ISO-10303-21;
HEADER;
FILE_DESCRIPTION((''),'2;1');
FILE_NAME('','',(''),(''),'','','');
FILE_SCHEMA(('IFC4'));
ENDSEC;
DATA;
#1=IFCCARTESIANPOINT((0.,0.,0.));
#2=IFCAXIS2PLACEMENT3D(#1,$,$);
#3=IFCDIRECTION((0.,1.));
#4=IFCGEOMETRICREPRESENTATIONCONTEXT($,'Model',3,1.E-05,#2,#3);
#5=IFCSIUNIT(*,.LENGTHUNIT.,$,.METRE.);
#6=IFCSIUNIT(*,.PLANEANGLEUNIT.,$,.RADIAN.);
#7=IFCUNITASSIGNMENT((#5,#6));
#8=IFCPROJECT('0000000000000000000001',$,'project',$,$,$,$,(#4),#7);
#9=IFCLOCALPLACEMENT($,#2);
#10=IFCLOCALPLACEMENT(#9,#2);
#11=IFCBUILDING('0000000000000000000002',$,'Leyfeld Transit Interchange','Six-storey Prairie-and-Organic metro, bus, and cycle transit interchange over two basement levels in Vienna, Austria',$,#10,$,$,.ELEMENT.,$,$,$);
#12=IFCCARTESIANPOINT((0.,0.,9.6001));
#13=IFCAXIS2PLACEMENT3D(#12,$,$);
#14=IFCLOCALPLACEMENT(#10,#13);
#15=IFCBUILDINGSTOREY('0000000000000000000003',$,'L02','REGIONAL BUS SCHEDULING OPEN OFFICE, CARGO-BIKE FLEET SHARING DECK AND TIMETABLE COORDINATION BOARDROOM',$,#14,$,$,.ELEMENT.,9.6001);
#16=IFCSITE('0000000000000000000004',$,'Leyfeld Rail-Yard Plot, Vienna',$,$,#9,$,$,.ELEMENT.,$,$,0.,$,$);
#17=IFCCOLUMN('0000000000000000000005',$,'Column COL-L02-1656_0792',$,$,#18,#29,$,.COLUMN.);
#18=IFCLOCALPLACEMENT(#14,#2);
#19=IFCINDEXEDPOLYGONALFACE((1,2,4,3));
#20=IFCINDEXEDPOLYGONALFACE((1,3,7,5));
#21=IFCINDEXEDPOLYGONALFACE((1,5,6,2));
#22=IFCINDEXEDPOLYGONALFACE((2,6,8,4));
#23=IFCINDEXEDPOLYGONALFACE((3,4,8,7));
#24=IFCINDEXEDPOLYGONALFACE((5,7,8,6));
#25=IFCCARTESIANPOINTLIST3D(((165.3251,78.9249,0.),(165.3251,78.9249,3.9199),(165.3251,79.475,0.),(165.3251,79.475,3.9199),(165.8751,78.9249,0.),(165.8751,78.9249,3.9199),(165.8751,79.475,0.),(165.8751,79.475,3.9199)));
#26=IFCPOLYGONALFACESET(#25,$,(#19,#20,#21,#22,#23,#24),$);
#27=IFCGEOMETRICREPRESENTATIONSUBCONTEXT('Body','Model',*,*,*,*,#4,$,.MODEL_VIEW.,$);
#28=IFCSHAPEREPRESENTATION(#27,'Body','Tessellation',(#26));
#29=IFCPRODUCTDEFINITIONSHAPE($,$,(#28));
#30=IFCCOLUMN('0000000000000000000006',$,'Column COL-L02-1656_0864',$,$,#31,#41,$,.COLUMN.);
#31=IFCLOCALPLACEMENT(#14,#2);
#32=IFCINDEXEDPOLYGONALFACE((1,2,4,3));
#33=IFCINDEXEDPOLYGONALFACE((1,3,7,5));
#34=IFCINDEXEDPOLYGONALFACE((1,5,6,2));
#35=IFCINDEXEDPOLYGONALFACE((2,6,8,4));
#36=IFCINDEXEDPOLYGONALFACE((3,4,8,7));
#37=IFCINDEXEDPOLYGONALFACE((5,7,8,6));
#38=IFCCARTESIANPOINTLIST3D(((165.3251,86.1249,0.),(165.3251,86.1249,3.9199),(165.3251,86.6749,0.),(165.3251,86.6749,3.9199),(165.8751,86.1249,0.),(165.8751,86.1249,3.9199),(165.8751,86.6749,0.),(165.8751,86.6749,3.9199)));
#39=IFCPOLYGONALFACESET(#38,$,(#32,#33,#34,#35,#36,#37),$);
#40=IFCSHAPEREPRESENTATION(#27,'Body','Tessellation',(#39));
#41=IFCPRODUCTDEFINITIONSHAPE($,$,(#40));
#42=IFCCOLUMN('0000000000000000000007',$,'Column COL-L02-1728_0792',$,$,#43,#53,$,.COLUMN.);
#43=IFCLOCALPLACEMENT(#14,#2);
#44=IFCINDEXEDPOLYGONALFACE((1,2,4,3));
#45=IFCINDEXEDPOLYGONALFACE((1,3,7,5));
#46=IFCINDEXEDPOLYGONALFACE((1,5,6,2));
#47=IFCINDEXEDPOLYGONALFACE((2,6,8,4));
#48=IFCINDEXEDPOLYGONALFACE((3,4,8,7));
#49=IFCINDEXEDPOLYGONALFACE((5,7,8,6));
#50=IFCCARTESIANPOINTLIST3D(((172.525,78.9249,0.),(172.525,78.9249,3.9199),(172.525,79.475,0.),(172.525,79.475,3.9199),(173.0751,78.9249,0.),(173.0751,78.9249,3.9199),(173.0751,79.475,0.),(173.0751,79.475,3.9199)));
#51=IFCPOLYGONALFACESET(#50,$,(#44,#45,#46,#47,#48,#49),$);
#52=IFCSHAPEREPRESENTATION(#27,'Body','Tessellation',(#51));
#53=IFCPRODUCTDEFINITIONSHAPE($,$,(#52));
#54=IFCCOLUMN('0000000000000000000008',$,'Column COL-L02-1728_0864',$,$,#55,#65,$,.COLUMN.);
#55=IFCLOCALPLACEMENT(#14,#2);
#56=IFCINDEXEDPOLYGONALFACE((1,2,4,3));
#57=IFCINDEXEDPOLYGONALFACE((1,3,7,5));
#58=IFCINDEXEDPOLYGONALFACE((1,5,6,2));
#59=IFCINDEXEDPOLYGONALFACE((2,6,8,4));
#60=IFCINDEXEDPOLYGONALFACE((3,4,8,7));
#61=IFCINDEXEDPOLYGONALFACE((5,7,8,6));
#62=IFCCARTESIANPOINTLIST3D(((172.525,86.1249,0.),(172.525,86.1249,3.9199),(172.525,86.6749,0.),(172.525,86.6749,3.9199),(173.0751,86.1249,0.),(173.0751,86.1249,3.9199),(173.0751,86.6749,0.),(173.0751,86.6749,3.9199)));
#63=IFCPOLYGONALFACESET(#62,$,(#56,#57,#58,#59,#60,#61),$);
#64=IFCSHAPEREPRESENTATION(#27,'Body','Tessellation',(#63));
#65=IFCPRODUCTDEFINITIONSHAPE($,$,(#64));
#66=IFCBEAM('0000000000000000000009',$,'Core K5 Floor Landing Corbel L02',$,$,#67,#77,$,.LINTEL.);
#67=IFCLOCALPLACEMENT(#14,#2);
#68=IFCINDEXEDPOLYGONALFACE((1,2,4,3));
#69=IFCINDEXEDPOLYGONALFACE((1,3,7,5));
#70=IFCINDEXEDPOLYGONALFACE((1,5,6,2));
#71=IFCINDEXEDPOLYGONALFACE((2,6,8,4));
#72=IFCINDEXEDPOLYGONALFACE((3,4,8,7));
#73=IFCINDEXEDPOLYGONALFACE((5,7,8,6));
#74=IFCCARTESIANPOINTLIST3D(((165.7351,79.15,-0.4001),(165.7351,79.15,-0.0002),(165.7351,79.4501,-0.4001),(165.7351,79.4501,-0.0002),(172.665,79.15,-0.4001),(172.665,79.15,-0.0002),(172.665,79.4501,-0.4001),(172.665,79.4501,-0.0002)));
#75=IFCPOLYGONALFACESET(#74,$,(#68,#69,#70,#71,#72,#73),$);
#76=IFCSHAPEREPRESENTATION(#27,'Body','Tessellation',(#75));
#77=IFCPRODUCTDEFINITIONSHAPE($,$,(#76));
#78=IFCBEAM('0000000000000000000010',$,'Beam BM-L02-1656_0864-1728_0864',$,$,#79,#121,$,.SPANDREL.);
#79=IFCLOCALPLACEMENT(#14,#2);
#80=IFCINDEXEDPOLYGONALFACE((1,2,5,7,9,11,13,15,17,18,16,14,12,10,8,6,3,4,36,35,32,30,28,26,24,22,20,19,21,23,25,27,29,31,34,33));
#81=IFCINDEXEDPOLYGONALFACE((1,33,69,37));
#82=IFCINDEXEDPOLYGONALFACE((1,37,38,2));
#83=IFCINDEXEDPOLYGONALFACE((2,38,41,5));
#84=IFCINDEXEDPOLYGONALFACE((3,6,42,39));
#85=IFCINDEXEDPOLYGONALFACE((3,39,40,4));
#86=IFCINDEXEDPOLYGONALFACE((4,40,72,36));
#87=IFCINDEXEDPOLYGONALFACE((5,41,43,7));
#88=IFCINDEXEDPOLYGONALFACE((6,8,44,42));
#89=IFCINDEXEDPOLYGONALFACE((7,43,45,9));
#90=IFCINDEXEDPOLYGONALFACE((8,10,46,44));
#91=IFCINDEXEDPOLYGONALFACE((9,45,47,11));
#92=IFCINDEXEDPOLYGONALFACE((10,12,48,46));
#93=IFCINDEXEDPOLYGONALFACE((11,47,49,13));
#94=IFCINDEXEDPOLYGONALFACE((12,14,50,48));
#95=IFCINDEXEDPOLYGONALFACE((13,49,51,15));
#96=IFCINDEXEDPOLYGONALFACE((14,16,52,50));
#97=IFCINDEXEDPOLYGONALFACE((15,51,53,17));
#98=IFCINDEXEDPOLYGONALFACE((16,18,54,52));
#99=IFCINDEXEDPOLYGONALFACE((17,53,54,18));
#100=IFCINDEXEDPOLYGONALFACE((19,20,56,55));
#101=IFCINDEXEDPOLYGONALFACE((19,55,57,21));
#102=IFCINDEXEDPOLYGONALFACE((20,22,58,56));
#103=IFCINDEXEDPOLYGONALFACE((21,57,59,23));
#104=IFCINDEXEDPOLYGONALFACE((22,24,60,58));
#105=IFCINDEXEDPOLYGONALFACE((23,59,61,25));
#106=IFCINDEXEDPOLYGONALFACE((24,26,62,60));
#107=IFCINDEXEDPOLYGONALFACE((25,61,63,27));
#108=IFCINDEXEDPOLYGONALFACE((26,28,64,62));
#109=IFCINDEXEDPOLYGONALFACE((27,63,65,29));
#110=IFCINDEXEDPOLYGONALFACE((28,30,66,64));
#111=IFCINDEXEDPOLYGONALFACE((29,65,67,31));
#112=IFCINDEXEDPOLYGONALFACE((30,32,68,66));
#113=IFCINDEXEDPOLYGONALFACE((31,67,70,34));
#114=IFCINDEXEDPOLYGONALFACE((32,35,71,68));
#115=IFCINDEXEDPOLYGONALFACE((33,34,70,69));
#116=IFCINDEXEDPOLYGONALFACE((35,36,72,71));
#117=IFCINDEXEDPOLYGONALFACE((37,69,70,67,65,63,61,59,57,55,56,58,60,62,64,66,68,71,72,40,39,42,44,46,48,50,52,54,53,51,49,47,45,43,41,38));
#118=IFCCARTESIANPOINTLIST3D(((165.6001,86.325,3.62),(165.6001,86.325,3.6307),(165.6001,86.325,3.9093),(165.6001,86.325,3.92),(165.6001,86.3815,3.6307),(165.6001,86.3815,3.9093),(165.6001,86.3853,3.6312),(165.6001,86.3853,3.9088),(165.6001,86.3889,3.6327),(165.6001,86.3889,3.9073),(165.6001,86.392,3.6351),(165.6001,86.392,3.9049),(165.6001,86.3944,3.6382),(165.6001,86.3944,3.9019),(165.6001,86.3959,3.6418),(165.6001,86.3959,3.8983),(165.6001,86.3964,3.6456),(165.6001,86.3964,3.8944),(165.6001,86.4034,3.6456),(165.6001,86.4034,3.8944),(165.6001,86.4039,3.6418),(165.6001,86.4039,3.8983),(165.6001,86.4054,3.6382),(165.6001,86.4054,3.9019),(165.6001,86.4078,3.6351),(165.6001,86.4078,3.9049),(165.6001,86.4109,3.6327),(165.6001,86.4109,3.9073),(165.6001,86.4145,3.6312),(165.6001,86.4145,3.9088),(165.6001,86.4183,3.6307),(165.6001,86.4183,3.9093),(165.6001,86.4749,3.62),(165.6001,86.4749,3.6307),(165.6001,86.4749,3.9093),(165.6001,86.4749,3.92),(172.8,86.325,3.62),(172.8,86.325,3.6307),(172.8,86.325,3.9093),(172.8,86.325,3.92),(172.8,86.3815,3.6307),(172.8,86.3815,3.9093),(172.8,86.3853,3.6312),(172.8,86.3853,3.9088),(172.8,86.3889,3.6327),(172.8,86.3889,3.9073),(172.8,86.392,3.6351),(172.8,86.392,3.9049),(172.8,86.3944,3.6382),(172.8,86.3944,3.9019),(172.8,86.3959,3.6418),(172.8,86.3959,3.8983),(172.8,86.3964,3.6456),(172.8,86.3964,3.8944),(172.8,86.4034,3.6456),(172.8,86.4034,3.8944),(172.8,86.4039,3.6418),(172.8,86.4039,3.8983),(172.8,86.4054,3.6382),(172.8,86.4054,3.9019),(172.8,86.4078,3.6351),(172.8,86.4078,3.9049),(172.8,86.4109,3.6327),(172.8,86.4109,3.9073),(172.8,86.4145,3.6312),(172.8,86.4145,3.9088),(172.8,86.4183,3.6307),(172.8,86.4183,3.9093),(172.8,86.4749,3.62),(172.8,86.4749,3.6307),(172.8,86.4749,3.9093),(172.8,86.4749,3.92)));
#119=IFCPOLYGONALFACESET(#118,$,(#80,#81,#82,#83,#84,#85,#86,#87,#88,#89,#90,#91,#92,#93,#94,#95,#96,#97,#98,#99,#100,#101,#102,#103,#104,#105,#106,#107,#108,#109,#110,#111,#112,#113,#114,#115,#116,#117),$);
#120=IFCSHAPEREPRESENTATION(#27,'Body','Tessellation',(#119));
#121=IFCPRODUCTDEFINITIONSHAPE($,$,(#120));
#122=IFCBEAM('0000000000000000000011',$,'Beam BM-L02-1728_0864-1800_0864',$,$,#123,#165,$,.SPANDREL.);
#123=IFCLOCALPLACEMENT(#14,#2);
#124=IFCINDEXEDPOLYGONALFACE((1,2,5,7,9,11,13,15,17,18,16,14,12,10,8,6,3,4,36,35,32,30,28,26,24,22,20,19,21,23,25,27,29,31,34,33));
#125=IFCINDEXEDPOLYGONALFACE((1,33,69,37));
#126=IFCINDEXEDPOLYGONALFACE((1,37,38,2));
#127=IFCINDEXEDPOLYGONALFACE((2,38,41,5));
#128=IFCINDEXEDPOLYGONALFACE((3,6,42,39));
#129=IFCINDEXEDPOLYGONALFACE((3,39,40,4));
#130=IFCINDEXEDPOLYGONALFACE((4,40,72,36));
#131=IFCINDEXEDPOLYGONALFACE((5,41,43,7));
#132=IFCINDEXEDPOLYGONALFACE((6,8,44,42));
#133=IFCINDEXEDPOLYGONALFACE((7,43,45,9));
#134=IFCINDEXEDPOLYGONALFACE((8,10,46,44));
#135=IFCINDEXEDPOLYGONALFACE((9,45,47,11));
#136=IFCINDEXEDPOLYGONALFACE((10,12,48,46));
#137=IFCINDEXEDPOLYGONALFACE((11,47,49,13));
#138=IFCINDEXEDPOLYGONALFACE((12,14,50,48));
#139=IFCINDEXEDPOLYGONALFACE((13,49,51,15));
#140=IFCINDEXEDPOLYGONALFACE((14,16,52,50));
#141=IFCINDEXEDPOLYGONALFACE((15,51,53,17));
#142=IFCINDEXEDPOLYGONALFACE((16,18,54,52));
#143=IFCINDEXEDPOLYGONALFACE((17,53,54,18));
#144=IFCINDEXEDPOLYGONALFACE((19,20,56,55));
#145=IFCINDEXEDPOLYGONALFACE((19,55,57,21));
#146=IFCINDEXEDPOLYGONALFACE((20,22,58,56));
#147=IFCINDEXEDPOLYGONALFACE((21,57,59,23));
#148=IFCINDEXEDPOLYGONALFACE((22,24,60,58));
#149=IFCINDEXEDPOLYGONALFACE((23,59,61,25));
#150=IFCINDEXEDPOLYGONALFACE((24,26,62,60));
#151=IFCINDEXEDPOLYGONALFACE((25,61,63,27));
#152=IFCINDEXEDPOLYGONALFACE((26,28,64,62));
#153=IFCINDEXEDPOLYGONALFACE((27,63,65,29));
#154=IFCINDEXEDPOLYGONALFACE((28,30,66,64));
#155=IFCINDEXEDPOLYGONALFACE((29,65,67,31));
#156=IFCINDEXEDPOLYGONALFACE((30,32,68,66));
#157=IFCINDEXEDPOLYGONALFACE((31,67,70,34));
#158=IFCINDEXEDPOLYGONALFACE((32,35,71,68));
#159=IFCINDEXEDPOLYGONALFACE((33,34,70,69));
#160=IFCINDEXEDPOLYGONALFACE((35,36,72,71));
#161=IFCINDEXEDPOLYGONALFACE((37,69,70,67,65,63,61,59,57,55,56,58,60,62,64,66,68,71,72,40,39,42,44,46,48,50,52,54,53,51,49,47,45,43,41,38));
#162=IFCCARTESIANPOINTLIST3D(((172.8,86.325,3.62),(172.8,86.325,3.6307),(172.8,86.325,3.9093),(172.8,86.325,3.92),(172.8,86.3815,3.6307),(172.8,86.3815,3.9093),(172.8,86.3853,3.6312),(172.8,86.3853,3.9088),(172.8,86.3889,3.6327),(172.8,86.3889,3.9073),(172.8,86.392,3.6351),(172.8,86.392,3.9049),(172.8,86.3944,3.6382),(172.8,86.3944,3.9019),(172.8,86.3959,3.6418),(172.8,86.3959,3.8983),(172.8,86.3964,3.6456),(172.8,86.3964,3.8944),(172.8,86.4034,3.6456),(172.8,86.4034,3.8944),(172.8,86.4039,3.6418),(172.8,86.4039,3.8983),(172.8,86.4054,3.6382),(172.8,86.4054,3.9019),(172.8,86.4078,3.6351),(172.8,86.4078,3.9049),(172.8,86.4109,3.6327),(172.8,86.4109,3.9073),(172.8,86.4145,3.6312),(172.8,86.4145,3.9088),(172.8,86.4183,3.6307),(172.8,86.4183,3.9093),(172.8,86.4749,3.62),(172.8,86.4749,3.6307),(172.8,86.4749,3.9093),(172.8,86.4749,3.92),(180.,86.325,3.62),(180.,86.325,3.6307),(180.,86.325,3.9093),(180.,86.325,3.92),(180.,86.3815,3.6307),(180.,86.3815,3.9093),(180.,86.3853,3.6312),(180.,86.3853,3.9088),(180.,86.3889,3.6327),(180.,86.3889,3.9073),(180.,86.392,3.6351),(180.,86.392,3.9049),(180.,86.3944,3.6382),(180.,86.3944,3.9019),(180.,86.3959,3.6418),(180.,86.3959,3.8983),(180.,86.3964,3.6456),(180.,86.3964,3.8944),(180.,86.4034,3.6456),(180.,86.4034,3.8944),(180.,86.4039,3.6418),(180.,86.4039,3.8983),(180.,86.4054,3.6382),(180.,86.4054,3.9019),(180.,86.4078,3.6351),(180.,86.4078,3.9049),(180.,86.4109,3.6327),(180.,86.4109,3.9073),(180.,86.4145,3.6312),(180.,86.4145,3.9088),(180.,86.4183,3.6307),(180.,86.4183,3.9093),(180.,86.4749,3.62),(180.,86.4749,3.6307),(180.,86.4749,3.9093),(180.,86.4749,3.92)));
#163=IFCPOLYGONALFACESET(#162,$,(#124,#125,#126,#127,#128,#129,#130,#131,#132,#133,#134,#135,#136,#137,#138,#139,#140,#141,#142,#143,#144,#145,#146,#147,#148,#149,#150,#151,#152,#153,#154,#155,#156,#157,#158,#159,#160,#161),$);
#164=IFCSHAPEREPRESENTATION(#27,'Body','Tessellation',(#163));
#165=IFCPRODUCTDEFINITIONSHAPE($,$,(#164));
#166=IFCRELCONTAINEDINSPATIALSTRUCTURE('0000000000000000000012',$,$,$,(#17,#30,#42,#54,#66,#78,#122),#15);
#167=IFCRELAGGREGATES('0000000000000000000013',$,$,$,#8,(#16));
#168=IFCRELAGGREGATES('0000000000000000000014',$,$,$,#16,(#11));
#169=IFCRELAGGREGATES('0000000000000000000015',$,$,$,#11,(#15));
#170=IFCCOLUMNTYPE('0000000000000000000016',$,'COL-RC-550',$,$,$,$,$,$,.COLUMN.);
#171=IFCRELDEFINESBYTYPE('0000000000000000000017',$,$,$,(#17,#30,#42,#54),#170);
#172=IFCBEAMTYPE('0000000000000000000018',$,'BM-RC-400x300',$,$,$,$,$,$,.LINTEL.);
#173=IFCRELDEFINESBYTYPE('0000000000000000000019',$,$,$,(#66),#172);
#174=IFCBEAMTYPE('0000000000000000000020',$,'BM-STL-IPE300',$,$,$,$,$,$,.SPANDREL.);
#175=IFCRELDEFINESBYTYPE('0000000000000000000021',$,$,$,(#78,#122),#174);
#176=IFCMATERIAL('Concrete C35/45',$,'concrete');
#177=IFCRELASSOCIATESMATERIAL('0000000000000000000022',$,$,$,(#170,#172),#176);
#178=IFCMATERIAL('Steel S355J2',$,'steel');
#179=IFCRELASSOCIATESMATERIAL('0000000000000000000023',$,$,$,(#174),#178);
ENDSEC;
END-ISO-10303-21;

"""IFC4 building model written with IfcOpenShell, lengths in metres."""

from ifc_helpers import new_model, si_unit, direction, frame, origin, origin_2d, place, context, subcontext, project, spatial, rectangle, i_section, extrude, material, material_profile, profile_set, type_object, element, save


model = new_model("IFC4")

# Units and contexts
model_context = context("Model", 3, precision=1e-05, world=origin(), true_north=direction((0.0, 1.0)))
body_context = subcontext(model_context, "Body", "Model", "MODEL_VIEW")
ifc_project = project(units=[si_unit("LENGTHUNIT", "METRE"), si_unit("PLANEANGLEUNIT", "RADIAN")], contexts=[model_context])

# Site, building, storey
site_placement = place(None, origin())
site = spatial("IfcSite", under=ifc_project, at=site_placement, Name="Leyfeld Rail-Yard Plot, Vienna", CompositionType="ELEMENT", RefElevation=0.0)
building_placement = place(site_placement, origin())
building = spatial("IfcBuilding", under=site, at=building_placement, Name="Leyfeld Transit Interchange", Description="Six-storey Prairie-and-Organic metro, bus, and cycle transit interchange over two basement levels in Vienna, Austria", CompositionType="ELEMENT")
storey_placement = place(building_placement, frame((0.0, 0.0, 9.6001)))
storey = spatial("IfcBuildingStorey", under=building, at=storey_placement, Name="L02", Description="REGIONAL BUS SCHEDULING OPEN OFFICE, CARGO-BIKE FLEET SHARING DECK AND TIMETABLE COORDINATION BOARDROOM", CompositionType="ELEMENT", Elevation=9.6001)

# Columns
ifc_material_1 = material(Name="Concrete C35/45", Category="concrete")
ifc_material_profile_1 = material_profile(ifc_material_1, rectangle(XDim=0.55, YDim=0.55, at=origin_2d()), Name="RC 550x550")
ifc_profile_set_1 = profile_set([ifc_material_profile_1], Name="Concrete C35/45")
column_type = type_object("IfcColumnType", Name="COL-RC-550", PredefinedType="COLUMN", material=ifc_profile_set_1)
for number, where, z_axis, x_axis, name in (
    (1, (165.6001, 79.2, 0.0), (0.0, 0.0, 1.0), (1.0, 0.0, 0.0), "Column COL-L02-1656_0792"),
    (2, (165.6001, 86.3999, 0.0), (0.0, 0.0, 1.0), (1.0, 0.0, 0.0), "Column COL-L02-1656_0864"),
    (3, (172.8, 79.2, 0.0), (0.0, 0.0, 1.0), (1.0, 0.0, 0.0), "Column COL-L02-1728_0792"),
    (4, (172.8, 86.3999, 0.0), (0.0, 0.0, 1.0), (1.0, 0.0, 0.0), "Column COL-L02-1728_0864"),
):
    element("IfcColumn", number, at=place(storey_placement, frame(where, z_axis=z_axis, x_axis=x_axis)), inside=storey, type_object=column_type, Name=name, PredefinedType="COLUMN", context=body_context, shape_type="SweptSolid", body=[
        extrude(rectangle(XDim=0.55, YDim=0.55, at=origin_2d()), origin(), (0.0, 0.0, 1.0), 3.9199),
    ])

# Beams
ifc_material_profile_2 = material_profile(ifc_material_1, rectangle(XDim=0.3, YDim=0.3999, at=origin_2d()), Name="RC 400x300")
ifc_profile_set_2 = profile_set([ifc_material_profile_2], Name="Concrete C35/45")
beam_type_1 = type_object("IfcBeamType", Name="BM-RC-400x300", PredefinedType="LINTEL", material=ifc_profile_set_2)
beam_1_placement = place(storey_placement, frame((165.7351, 79.3, -0.2002), z_axis=(1.0, 0.0, 0.0), x_axis=(0.0, 1.0, 0.0)))
element("IfcBeam", 5, at=beam_1_placement, inside=storey, type_object=beam_type_1, Name="Core K5 Floor Landing Corbel L02", PredefinedType="LINTEL", context=body_context, shape_type="SweptSolid", body=[
    extrude(rectangle(XDim=0.3, YDim=0.3999, at=origin_2d()), origin(), (0.0, 0.0, 1.0), 6.9299),
])
ifc_material_2 = material(Name="Steel S355J2", Category="steel")
ifc_material_profile_3 = material_profile(ifc_material_2, i_section(OverallWidth=0.1499, OverallDepth=0.3, WebThickness=0.0071, FlangeThickness=0.0107, FilletRadius=0.0149, at=origin_2d()), Name="IPE 300")
ifc_profile_set_3 = profile_set([ifc_material_profile_3], Name="Steel S355J2")
beam_type_2 = type_object("IfcBeamType", Name="BM-STL-IPE300", PredefinedType="SPANDREL", material=ifc_profile_set_3)
for number, where, z_axis, x_axis, name in (
    (6, (165.6001, 86.3999, 3.77), (1.0, 0.0, 0.0), (0.0, 1.0, 0.0), "Beam BM-L02-1656_0864-1728_0864"),
    (7, (172.8, 86.3999, 3.77), (1.0, 0.0, 0.0), (0.0, 1.0, 0.0), "Beam BM-L02-1728_0864-1800_0864"),
):
    element("IfcBeam", number, at=place(storey_placement, frame(where, z_axis=z_axis, x_axis=x_axis)), inside=storey, type_object=beam_type_2, Name=name, PredefinedType="SPANDREL", context=body_context, shape_type="SweptSolid", body=[
        extrude(i_section(OverallWidth=0.1499, OverallDepth=0.3, WebThickness=0.0071, FlangeThickness=0.0107, FilletRadius=0.0149, at=origin_2d()), origin(), (0.0, 0.0, 1.0), 7.2),
    ])

save(model, "model.ifc")
